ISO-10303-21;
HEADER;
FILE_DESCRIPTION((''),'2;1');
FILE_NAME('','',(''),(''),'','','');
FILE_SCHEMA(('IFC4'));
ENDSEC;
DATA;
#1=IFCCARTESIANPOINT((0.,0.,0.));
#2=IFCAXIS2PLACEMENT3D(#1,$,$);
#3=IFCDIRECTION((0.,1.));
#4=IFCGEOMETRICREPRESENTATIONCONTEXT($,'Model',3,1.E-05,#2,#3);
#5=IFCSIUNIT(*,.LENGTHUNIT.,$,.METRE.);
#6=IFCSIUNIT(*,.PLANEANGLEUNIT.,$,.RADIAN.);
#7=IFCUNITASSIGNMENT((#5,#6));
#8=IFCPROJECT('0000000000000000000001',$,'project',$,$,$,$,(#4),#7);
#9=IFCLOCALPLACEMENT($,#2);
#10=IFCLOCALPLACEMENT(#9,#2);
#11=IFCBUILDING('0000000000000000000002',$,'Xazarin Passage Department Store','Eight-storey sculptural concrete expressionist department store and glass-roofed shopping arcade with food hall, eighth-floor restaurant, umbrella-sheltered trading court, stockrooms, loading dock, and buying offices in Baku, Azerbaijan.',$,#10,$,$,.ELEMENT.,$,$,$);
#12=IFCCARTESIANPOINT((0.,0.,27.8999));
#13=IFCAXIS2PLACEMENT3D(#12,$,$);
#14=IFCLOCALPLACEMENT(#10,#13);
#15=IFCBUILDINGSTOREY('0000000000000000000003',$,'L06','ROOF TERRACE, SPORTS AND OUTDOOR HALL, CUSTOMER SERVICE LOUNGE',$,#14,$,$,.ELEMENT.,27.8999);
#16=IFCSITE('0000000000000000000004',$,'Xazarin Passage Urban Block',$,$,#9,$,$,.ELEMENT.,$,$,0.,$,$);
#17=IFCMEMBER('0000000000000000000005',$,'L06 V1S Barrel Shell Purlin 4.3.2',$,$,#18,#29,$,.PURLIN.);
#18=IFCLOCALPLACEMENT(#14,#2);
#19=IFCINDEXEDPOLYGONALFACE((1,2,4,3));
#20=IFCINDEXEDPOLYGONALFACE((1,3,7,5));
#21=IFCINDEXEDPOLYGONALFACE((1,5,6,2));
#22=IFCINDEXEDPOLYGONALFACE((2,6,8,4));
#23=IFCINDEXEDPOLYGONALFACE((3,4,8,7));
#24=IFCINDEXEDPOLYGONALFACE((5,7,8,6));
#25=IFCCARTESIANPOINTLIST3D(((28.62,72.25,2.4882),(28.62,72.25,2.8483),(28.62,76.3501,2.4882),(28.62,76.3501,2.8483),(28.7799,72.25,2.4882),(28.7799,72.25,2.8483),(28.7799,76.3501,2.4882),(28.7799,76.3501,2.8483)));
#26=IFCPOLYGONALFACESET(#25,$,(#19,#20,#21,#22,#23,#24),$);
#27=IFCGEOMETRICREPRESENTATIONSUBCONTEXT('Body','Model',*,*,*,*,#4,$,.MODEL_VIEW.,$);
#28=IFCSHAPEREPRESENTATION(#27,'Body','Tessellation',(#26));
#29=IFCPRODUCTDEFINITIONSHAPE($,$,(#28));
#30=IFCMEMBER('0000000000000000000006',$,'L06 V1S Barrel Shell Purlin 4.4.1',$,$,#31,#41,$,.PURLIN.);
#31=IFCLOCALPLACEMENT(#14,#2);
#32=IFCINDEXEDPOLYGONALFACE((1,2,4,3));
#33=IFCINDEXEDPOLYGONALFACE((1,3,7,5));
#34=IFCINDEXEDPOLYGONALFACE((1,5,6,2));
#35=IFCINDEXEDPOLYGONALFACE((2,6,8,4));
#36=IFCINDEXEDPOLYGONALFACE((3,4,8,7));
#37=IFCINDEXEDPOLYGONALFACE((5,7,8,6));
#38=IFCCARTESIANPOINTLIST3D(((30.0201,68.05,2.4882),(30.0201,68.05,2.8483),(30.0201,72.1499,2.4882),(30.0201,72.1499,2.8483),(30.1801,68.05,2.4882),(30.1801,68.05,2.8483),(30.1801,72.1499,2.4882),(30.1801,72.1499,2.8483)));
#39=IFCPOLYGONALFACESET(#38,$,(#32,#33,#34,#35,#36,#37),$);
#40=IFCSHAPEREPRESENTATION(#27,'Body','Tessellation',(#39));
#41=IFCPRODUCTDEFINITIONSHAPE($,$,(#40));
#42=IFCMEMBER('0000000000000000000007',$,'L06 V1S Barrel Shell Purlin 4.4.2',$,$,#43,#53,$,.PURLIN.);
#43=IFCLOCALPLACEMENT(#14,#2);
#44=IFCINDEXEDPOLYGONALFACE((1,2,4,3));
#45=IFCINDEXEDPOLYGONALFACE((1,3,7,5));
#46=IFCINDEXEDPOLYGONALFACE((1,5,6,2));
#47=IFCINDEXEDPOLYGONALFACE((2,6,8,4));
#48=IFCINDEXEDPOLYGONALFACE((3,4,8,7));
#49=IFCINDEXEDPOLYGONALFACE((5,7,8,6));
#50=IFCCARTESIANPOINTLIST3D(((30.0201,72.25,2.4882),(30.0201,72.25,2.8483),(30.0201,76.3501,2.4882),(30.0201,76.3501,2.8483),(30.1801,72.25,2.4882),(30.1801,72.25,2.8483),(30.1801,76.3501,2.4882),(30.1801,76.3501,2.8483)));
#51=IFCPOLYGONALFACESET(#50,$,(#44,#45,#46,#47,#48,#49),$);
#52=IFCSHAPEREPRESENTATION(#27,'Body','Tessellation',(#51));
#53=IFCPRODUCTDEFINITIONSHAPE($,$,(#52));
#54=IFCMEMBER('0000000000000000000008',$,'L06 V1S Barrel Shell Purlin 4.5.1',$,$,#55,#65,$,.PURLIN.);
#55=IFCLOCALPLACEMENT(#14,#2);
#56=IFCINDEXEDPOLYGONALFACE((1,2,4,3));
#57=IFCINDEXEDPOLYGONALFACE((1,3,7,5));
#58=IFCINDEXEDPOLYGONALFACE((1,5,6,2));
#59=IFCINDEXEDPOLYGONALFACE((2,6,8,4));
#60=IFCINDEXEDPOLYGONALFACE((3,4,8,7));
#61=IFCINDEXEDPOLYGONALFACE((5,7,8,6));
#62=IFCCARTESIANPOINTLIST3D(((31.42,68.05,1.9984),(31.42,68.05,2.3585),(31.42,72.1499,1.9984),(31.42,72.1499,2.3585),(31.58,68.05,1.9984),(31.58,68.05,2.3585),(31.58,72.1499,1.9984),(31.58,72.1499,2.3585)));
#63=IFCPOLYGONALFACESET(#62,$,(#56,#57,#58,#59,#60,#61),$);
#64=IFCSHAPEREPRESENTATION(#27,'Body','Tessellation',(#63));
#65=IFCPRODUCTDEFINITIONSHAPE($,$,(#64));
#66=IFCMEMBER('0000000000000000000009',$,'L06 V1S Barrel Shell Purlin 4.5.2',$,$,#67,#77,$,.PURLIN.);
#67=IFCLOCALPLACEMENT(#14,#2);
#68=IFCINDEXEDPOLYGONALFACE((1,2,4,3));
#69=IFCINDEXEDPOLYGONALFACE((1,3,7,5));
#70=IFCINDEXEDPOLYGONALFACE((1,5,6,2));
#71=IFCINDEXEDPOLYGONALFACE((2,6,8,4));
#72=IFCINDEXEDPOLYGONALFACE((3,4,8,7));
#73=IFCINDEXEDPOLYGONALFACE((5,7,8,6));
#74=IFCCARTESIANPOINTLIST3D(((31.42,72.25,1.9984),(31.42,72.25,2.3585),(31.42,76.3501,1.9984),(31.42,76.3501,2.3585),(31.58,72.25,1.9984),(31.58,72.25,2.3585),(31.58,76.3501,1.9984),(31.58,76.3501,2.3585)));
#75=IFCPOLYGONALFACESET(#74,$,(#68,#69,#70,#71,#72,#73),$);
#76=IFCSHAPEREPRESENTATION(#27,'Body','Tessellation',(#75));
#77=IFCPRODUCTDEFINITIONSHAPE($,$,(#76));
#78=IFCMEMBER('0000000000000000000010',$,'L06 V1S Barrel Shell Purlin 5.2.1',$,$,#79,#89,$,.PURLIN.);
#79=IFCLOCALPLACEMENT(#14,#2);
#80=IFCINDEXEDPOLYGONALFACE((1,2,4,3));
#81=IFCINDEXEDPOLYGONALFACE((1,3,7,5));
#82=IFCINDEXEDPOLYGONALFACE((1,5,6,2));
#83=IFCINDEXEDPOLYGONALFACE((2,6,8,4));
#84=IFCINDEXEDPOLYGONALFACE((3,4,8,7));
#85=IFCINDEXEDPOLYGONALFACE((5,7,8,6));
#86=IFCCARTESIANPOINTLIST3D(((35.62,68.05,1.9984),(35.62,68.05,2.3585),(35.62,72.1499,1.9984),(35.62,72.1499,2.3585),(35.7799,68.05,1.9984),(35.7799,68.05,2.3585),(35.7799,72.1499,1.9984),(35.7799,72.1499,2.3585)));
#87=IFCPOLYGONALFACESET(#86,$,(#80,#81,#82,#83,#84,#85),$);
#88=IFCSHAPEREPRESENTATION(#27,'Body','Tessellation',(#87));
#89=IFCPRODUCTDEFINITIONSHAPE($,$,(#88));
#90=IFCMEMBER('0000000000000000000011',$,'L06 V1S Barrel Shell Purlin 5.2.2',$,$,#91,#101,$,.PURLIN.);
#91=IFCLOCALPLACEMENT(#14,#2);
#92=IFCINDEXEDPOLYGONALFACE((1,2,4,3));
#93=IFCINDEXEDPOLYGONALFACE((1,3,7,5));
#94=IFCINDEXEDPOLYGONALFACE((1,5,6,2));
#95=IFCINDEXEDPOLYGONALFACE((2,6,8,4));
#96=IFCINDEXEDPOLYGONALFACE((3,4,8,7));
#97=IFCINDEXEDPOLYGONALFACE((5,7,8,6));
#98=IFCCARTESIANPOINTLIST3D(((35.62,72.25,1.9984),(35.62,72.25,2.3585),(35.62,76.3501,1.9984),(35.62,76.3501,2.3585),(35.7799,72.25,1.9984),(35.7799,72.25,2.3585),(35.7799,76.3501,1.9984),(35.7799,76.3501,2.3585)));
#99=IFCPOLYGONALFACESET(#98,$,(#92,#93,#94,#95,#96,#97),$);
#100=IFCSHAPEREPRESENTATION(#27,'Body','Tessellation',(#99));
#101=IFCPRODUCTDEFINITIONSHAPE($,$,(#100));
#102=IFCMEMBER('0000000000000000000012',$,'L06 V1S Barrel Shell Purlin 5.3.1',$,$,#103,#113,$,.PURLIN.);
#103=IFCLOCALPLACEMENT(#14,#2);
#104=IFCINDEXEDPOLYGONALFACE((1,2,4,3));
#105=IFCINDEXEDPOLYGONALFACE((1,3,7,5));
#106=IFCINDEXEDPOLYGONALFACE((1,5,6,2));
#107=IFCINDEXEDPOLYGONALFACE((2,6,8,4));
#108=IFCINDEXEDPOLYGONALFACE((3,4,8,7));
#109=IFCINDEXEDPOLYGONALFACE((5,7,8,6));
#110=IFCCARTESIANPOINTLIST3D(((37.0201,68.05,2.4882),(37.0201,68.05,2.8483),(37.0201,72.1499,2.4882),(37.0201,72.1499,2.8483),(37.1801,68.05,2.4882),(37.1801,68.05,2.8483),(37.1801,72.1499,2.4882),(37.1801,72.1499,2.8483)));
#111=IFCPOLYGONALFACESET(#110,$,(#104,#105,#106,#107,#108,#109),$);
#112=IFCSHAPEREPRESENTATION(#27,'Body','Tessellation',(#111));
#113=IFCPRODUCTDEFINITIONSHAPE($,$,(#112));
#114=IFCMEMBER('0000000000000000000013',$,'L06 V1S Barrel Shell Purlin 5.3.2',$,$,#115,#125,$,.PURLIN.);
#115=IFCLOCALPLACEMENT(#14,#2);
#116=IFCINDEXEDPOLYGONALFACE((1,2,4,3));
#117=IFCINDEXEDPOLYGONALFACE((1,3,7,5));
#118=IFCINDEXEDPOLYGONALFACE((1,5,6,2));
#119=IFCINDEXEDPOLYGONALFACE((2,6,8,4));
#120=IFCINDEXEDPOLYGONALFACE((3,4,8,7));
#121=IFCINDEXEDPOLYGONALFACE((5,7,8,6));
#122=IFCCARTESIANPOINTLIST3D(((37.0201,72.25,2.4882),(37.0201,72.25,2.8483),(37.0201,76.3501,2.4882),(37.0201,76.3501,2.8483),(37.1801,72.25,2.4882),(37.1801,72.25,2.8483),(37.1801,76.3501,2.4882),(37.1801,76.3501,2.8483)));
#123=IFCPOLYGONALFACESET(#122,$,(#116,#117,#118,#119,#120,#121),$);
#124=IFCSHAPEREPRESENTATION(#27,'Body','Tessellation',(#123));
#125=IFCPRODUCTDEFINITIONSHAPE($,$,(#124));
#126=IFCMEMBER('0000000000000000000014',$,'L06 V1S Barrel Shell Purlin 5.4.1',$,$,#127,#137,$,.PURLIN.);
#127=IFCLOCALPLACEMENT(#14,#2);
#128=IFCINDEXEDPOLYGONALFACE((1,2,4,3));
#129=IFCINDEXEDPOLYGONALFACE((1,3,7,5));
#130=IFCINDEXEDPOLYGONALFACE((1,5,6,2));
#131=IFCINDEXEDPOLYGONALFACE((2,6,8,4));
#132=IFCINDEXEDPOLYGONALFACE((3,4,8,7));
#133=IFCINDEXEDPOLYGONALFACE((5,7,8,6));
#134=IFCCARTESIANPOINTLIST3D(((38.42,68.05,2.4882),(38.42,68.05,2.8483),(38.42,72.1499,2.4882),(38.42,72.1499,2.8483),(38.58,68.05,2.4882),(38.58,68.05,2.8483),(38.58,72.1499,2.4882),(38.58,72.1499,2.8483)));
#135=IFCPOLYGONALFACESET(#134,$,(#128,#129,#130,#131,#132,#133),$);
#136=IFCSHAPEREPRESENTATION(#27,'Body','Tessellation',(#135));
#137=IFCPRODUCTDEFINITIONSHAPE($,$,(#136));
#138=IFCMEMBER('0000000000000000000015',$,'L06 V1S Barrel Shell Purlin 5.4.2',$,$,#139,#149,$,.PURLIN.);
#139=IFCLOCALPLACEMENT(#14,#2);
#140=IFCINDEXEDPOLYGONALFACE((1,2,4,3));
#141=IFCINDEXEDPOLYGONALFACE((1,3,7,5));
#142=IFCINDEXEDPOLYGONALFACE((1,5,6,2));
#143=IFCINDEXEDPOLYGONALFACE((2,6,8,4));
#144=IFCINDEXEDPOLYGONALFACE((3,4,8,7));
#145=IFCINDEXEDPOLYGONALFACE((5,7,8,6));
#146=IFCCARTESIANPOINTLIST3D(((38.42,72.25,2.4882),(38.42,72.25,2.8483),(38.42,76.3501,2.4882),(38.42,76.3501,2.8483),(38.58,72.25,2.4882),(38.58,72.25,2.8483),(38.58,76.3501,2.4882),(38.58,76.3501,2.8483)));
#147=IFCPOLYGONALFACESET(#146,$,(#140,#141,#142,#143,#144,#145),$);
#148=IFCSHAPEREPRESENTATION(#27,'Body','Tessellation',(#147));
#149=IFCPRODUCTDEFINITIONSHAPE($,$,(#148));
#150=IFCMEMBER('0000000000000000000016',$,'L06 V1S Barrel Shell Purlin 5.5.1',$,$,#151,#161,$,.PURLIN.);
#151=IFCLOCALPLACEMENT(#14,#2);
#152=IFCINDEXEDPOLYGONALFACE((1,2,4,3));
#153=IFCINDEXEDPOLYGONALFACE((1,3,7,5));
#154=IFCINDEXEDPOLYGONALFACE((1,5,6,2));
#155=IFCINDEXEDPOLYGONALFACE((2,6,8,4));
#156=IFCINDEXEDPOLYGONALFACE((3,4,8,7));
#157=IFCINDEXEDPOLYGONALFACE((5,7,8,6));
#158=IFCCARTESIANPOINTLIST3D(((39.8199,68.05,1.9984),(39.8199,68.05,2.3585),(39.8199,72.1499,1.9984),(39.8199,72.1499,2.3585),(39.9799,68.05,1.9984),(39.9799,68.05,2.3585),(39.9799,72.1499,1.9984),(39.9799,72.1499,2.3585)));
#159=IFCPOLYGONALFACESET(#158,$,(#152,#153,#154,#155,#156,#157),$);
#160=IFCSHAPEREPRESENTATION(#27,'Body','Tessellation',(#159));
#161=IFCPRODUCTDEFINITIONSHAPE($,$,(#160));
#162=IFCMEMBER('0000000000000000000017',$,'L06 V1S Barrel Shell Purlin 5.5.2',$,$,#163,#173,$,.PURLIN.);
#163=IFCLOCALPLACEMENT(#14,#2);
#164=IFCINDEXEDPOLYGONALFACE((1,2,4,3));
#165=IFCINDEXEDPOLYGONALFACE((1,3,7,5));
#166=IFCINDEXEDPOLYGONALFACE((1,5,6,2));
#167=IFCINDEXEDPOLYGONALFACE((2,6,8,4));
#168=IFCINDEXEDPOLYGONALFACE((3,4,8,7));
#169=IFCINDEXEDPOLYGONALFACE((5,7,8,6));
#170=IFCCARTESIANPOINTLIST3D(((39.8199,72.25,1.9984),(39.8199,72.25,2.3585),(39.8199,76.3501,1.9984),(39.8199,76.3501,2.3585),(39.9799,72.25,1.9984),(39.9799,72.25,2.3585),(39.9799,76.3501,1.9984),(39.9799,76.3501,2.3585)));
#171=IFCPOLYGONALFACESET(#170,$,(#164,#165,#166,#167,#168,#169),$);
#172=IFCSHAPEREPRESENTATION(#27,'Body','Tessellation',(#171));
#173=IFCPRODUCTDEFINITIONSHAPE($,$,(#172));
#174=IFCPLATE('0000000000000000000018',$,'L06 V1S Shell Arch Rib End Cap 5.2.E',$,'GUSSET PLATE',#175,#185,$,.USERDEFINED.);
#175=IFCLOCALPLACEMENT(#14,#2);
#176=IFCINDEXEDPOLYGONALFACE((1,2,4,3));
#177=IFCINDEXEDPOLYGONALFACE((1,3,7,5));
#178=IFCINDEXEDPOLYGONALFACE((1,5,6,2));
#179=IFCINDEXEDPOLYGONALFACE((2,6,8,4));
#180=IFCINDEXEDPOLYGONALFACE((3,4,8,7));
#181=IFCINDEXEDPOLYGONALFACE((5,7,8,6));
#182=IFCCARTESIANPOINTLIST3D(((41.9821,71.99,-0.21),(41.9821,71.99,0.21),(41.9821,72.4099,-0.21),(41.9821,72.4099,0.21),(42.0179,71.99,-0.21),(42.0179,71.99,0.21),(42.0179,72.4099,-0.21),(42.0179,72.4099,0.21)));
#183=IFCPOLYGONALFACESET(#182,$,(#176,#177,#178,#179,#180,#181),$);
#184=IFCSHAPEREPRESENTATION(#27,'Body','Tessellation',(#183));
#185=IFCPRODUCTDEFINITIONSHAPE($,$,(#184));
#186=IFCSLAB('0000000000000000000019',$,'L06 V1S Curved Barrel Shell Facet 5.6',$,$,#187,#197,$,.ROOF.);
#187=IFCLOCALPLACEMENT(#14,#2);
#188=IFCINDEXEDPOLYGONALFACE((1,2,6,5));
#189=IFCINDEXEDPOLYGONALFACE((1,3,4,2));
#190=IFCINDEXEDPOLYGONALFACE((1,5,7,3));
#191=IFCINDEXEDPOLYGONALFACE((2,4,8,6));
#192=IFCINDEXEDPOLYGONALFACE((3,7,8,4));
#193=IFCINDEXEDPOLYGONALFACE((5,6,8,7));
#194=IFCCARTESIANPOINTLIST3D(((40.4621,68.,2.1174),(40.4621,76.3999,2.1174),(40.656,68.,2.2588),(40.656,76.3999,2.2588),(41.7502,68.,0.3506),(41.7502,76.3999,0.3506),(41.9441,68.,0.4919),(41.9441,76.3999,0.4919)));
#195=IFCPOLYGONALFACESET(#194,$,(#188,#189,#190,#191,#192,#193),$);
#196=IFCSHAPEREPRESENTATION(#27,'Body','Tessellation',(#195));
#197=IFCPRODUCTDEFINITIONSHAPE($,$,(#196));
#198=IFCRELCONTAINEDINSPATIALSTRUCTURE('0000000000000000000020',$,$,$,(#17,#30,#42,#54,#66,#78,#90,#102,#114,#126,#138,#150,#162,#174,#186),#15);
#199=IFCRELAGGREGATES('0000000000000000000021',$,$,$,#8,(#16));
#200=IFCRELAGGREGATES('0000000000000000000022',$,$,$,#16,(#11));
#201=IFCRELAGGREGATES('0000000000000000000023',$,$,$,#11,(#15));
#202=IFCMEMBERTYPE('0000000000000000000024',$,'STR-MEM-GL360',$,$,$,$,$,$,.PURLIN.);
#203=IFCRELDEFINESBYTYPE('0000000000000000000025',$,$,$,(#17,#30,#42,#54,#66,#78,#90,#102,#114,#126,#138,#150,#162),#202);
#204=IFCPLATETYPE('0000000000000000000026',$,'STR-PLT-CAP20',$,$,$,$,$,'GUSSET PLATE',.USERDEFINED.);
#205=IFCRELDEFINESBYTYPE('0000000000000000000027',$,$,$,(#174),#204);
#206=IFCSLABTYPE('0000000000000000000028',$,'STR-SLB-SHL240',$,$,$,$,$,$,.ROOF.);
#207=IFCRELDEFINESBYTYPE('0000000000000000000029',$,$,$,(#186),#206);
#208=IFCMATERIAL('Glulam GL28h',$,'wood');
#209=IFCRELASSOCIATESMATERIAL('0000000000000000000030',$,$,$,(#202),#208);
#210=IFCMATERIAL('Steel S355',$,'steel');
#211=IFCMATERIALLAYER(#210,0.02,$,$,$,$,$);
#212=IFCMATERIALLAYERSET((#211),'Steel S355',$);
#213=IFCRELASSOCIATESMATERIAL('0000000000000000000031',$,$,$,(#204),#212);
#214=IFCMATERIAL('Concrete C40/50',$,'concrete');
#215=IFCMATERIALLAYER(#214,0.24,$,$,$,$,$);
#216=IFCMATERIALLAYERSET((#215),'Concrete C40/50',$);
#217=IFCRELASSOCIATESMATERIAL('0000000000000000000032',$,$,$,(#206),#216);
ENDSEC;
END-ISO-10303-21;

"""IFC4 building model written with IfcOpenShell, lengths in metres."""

from ifc_helpers import new_model, si_unit, direction, frame, origin, origin_2d, place, context, subcontext, project, spatial, polyline, rectangle, outline, extrude, material, layer, layer_set, material_profile, profile_set, type_object, element, save


model = new_model("IFC4")

# Units and contexts
model_context = context("Model", 3, precision=1e-05, world=origin(), true_north=direction((0.0, 1.0)))
body_context = subcontext(model_context, "Body", "Model", "MODEL_VIEW")
ifc_project = project(units=[si_unit("LENGTHUNIT", "METRE"), si_unit("PLANEANGLEUNIT", "RADIAN")], contexts=[model_context])

# Site, building, storey
site_placement = place(None, origin())
site = spatial("IfcSite", under=ifc_project, at=site_placement, Name="Xazarin Passage Urban Block", CompositionType="ELEMENT", RefElevation=0.0)
building_placement = place(site_placement, origin())
building = spatial("IfcBuilding", under=site, at=building_placement, Name="Xazarin Passage Department Store", Description="Eight-storey sculptural concrete expressionist department store and glass-roofed shopping arcade with food hall, eighth-floor restaurant, umbrella-sheltered trading court, stockrooms, loading dock, and buying offices in Baku, Azerbaijan.", CompositionType="ELEMENT")
storey_placement = place(building_placement, frame((0.0, 0.0, 27.8999)))
storey = spatial("IfcBuildingStorey", under=building, at=storey_placement, Name="L06", Description="ROOF TERRACE, SPORTS AND OUTDOOR HALL, CUSTOMER SERVICE LOUNGE", CompositionType="ELEMENT", Elevation=27.8999)

# Shared definitions
ifc_material_1 = material(Name="Steel S355", Category="steel")

# Members
ifc_material_2 = material(Name="Glulam GL28h", Category="wood")
ifc_material_profile_1 = material_profile(ifc_material_2, rectangle(XDim=0.1599, YDim=0.3601, at=origin_2d()), Name="GL28h 160x360")
ifc_profile_set_1 = profile_set([ifc_material_profile_1], Name="Glulam GL28h")
member_type = type_object("IfcMemberType", Name="STR-MEM-GL360", PredefinedType="PURLIN", material=ifc_profile_set_1)
member_1_placement = place(storey_placement, frame((28.7, 72.25, 2.6682), z_axis=(0.0, 1.0, 0.0), x_axis=(-1.0, 0.0, 0.0)))
element("IfcMember", 1, at=member_1_placement, inside=storey, type_object=member_type, Name="L06 V1S Barrel Shell Purlin 4.3.2", PredefinedType="PURLIN", context=body_context, shape_type="SweptSolid", body=[
    extrude(rectangle(XDim=0.1599, YDim=0.3601, at=origin_2d()), origin(), (0.0, 0.0, 1.0), 4.1001),
])
member_2_placement = place(storey_placement, frame((30.1001, 68.05, 2.6682), z_axis=(0.0, 1.0, 0.0), x_axis=(-1.0, 0.0, 0.0)))
element("IfcMember", 2, at=member_2_placement, inside=storey, type_object=member_type, Name="L06 V1S Barrel Shell Purlin 4.4.1", PredefinedType="PURLIN", context=body_context, shape_type="SweptSolid", body=[
    extrude(rectangle(XDim=0.1599, YDim=0.3601, at=origin_2d()), origin(), (0.0, 0.0, 1.0), 4.0999),
])
member_3_placement = place(storey_placement, frame((30.1001, 72.25, 2.6682), z_axis=(0.0, 1.0, 0.0), x_axis=(-1.0, 0.0, 0.0)))
element("IfcMember", 3, at=member_3_placement, inside=storey, type_object=member_type, Name="L06 V1S Barrel Shell Purlin 4.4.2", PredefinedType="PURLIN", context=body_context, shape_type="SweptSolid", body=[
    extrude(rectangle(XDim=0.1599, YDim=0.3601, at=origin_2d()), origin(), (0.0, 0.0, 1.0), 4.1001),
])
member_4_placement = place(storey_placement, frame((31.5, 68.05, 2.1785), z_axis=(0.0, 1.0, 0.0), x_axis=(-1.0, 0.0, 0.0)))
element("IfcMember", 4, at=member_4_placement, inside=storey, type_object=member_type, Name="L06 V1S Barrel Shell Purlin 4.5.1", PredefinedType="PURLIN", context=body_context, shape_type="SweptSolid", body=[
    extrude(rectangle(XDim=0.1599, YDim=0.3601, at=origin_2d()), origin(), (0.0, 0.0, 1.0), 4.0999),
])
member_5_placement = place(storey_placement, frame((31.5, 72.25, 2.1785), z_axis=(0.0, 1.0, 0.0), x_axis=(-1.0, 0.0, 0.0)))
element("IfcMember", 5, at=member_5_placement, inside=storey, type_object=member_type, Name="L06 V1S Barrel Shell Purlin 4.5.2", PredefinedType="PURLIN", context=body_context, shape_type="SweptSolid", body=[
    extrude(rectangle(XDim=0.1599, YDim=0.3601, at=origin_2d()), origin(), (0.0, 0.0, 1.0), 4.1001),
])
member_6_placement = place(storey_placement, frame((35.7, 68.05, 2.1785), z_axis=(0.0, 1.0, 0.0), x_axis=(-1.0, 0.0, 0.0)))
element("IfcMember", 6, at=member_6_placement, inside=storey, type_object=member_type, Name="L06 V1S Barrel Shell Purlin 5.2.1", PredefinedType="PURLIN", context=body_context, shape_type="SweptSolid", body=[
    extrude(rectangle(XDim=0.1599, YDim=0.3601, at=origin_2d()), origin(), (0.0, 0.0, 1.0), 4.0999),
])
member_7_placement = place(storey_placement, frame((35.7, 72.25, 2.1785), z_axis=(0.0, 1.0, 0.0), x_axis=(-1.0, 0.0, 0.0)))
element("IfcMember", 7, at=member_7_placement, inside=storey, type_object=member_type, Name="L06 V1S Barrel Shell Purlin 5.2.2", PredefinedType="PURLIN", context=body_context, shape_type="SweptSolid", body=[
    extrude(rectangle(XDim=0.1599, YDim=0.3601, at=origin_2d()), origin(), (0.0, 0.0, 1.0), 4.1001),
])
member_8_placement = place(storey_placement, frame((37.1001, 68.05, 2.6682), z_axis=(0.0, 1.0, 0.0), x_axis=(-1.0, 0.0, 0.0)))
element("IfcMember", 8, at=member_8_placement, inside=storey, type_object=member_type, Name="L06 V1S Barrel Shell Purlin 5.3.1", PredefinedType="PURLIN", context=body_context, shape_type="SweptSolid", body=[
    extrude(rectangle(XDim=0.1599, YDim=0.3601, at=origin_2d()), origin(), (0.0, 0.0, 1.0), 4.0999),
])
member_9_placement = place(storey_placement, frame((37.1001, 72.25, 2.6682), z_axis=(0.0, 1.0, 0.0), x_axis=(-1.0, 0.0, 0.0)))
element("IfcMember", 9, at=member_9_placement, inside=storey, type_object=member_type, Name="L06 V1S Barrel Shell Purlin 5.3.2", PredefinedType="PURLIN", context=body_context, shape_type="SweptSolid", body=[
    extrude(rectangle(XDim=0.1599, YDim=0.3601, at=origin_2d()), origin(), (0.0, 0.0, 1.0), 4.1001),
])
member_10_placement = place(storey_placement, frame((38.5, 68.05, 2.6682), z_axis=(0.0, 1.0, 0.0), x_axis=(-1.0, 0.0, 0.0)))
element("IfcMember", 10, at=member_10_placement, inside=storey, type_object=member_type, Name="L06 V1S Barrel Shell Purlin 5.4.1", PredefinedType="PURLIN", context=body_context, shape_type="SweptSolid", body=[
    extrude(rectangle(XDim=0.1599, YDim=0.3601, at=origin_2d()), origin(), (0.0, 0.0, 1.0), 4.0999),
])
member_11_placement = place(storey_placement, frame((38.5, 72.25, 2.6682), z_axis=(0.0, 1.0, 0.0), x_axis=(-1.0, 0.0, 0.0)))
element("IfcMember", 11, at=member_11_placement, inside=storey, type_object=member_type, Name="L06 V1S Barrel Shell Purlin 5.4.2", PredefinedType="PURLIN", context=body_context, shape_type="SweptSolid", body=[
    extrude(rectangle(XDim=0.1599, YDim=0.3601, at=origin_2d()), origin(), (0.0, 0.0, 1.0), 4.1001),
])
member_12_placement = place(storey_placement, frame((39.8999, 68.05, 2.1785), z_axis=(0.0, 1.0, 0.0), x_axis=(-1.0, 0.0, 0.0)))
element("IfcMember", 12, at=member_12_placement, inside=storey, type_object=member_type, Name="L06 V1S Barrel Shell Purlin 5.5.1", PredefinedType="PURLIN", context=body_context, shape_type="SweptSolid", body=[
    extrude(rectangle(XDim=0.1599, YDim=0.3601, at=origin_2d()), origin(), (0.0, 0.0, 1.0), 4.0999),
])
member_13_placement = place(storey_placement, frame((39.8999, 72.25, 2.1785), z_axis=(0.0, 1.0, 0.0), x_axis=(-1.0, 0.0, 0.0)))
element("IfcMember", 13, at=member_13_placement, inside=storey, type_object=member_type, Name="L06 V1S Barrel Shell Purlin 5.5.2", PredefinedType="PURLIN", context=body_context, shape_type="SweptSolid", body=[
    extrude(rectangle(XDim=0.1599, YDim=0.3601, at=origin_2d()), origin(), (0.0, 0.0, 1.0), 4.1001),
])

# Plate
ifc_layer_1 = layer(ifc_material_1, 0.02)
ifc_layer_set_1 = layer_set([ifc_layer_1], Name="Steel S355")
plate_type = type_object("IfcPlateType", Name="STR-PLT-CAP20", ElementType="GUSSET PLATE", PredefinedType="USERDEFINED", material=ifc_layer_set_1)
plate_placement = place(storey_placement, frame((42.0, 72.2, -0.21), z_axis=(0.0, 0.0, 1.0), x_axis=(1.0, 0.0, 0.0)))
element("IfcPlate", 14, at=plate_placement, inside=storey, type_object=plate_type, Name="L06 V1S Shell Arch Rib End Cap 5.2.E", ObjectType="GUSSET PLATE", PredefinedType="USERDEFINED", context=body_context, shape_type="SweptSolid", body=[
    extrude(rectangle(XDim=0.0359, YDim=0.4199, at=origin_2d()), origin(), (0.0, 0.0, 1.0), 0.4199),
])

# Slab
ifc_material_3 = material(Name="Concrete C40/50", Category="concrete")
ifc_layer_2 = layer(ifc_material_3, 0.24)
ifc_layer_set_2 = layer_set([ifc_layer_2], Name="Concrete C40/50")
slab_type = type_object("IfcSlabType", Name="STR-SLB-SHL240", PredefinedType="ROOF", material=ifc_layer_set_2)
slab_placement = place(storey_placement, frame((40.656, 68.0, 2.2588), z_axis=(0.80806, 0.0, 0.589101), x_axis=(0.589101, 0.0, -0.80806)))
element("IfcSlab", 15, at=slab_placement, inside=storey, type_object=slab_type, Name="L06 V1S Curved Barrel Shell Facet 5.6", PredefinedType="ROOF", context=body_context, shape_type="SweptSolid", body=[
    extrude(outline(polyline([(0.0, 0.0), (2.1865, 0.0), (2.1865, 8.3999), (0.0, 8.3999), (0.0, 0.0)])), origin(), (0.0, 0.0, -1.0), 0.24),
])

save(model, "model.ifc")
